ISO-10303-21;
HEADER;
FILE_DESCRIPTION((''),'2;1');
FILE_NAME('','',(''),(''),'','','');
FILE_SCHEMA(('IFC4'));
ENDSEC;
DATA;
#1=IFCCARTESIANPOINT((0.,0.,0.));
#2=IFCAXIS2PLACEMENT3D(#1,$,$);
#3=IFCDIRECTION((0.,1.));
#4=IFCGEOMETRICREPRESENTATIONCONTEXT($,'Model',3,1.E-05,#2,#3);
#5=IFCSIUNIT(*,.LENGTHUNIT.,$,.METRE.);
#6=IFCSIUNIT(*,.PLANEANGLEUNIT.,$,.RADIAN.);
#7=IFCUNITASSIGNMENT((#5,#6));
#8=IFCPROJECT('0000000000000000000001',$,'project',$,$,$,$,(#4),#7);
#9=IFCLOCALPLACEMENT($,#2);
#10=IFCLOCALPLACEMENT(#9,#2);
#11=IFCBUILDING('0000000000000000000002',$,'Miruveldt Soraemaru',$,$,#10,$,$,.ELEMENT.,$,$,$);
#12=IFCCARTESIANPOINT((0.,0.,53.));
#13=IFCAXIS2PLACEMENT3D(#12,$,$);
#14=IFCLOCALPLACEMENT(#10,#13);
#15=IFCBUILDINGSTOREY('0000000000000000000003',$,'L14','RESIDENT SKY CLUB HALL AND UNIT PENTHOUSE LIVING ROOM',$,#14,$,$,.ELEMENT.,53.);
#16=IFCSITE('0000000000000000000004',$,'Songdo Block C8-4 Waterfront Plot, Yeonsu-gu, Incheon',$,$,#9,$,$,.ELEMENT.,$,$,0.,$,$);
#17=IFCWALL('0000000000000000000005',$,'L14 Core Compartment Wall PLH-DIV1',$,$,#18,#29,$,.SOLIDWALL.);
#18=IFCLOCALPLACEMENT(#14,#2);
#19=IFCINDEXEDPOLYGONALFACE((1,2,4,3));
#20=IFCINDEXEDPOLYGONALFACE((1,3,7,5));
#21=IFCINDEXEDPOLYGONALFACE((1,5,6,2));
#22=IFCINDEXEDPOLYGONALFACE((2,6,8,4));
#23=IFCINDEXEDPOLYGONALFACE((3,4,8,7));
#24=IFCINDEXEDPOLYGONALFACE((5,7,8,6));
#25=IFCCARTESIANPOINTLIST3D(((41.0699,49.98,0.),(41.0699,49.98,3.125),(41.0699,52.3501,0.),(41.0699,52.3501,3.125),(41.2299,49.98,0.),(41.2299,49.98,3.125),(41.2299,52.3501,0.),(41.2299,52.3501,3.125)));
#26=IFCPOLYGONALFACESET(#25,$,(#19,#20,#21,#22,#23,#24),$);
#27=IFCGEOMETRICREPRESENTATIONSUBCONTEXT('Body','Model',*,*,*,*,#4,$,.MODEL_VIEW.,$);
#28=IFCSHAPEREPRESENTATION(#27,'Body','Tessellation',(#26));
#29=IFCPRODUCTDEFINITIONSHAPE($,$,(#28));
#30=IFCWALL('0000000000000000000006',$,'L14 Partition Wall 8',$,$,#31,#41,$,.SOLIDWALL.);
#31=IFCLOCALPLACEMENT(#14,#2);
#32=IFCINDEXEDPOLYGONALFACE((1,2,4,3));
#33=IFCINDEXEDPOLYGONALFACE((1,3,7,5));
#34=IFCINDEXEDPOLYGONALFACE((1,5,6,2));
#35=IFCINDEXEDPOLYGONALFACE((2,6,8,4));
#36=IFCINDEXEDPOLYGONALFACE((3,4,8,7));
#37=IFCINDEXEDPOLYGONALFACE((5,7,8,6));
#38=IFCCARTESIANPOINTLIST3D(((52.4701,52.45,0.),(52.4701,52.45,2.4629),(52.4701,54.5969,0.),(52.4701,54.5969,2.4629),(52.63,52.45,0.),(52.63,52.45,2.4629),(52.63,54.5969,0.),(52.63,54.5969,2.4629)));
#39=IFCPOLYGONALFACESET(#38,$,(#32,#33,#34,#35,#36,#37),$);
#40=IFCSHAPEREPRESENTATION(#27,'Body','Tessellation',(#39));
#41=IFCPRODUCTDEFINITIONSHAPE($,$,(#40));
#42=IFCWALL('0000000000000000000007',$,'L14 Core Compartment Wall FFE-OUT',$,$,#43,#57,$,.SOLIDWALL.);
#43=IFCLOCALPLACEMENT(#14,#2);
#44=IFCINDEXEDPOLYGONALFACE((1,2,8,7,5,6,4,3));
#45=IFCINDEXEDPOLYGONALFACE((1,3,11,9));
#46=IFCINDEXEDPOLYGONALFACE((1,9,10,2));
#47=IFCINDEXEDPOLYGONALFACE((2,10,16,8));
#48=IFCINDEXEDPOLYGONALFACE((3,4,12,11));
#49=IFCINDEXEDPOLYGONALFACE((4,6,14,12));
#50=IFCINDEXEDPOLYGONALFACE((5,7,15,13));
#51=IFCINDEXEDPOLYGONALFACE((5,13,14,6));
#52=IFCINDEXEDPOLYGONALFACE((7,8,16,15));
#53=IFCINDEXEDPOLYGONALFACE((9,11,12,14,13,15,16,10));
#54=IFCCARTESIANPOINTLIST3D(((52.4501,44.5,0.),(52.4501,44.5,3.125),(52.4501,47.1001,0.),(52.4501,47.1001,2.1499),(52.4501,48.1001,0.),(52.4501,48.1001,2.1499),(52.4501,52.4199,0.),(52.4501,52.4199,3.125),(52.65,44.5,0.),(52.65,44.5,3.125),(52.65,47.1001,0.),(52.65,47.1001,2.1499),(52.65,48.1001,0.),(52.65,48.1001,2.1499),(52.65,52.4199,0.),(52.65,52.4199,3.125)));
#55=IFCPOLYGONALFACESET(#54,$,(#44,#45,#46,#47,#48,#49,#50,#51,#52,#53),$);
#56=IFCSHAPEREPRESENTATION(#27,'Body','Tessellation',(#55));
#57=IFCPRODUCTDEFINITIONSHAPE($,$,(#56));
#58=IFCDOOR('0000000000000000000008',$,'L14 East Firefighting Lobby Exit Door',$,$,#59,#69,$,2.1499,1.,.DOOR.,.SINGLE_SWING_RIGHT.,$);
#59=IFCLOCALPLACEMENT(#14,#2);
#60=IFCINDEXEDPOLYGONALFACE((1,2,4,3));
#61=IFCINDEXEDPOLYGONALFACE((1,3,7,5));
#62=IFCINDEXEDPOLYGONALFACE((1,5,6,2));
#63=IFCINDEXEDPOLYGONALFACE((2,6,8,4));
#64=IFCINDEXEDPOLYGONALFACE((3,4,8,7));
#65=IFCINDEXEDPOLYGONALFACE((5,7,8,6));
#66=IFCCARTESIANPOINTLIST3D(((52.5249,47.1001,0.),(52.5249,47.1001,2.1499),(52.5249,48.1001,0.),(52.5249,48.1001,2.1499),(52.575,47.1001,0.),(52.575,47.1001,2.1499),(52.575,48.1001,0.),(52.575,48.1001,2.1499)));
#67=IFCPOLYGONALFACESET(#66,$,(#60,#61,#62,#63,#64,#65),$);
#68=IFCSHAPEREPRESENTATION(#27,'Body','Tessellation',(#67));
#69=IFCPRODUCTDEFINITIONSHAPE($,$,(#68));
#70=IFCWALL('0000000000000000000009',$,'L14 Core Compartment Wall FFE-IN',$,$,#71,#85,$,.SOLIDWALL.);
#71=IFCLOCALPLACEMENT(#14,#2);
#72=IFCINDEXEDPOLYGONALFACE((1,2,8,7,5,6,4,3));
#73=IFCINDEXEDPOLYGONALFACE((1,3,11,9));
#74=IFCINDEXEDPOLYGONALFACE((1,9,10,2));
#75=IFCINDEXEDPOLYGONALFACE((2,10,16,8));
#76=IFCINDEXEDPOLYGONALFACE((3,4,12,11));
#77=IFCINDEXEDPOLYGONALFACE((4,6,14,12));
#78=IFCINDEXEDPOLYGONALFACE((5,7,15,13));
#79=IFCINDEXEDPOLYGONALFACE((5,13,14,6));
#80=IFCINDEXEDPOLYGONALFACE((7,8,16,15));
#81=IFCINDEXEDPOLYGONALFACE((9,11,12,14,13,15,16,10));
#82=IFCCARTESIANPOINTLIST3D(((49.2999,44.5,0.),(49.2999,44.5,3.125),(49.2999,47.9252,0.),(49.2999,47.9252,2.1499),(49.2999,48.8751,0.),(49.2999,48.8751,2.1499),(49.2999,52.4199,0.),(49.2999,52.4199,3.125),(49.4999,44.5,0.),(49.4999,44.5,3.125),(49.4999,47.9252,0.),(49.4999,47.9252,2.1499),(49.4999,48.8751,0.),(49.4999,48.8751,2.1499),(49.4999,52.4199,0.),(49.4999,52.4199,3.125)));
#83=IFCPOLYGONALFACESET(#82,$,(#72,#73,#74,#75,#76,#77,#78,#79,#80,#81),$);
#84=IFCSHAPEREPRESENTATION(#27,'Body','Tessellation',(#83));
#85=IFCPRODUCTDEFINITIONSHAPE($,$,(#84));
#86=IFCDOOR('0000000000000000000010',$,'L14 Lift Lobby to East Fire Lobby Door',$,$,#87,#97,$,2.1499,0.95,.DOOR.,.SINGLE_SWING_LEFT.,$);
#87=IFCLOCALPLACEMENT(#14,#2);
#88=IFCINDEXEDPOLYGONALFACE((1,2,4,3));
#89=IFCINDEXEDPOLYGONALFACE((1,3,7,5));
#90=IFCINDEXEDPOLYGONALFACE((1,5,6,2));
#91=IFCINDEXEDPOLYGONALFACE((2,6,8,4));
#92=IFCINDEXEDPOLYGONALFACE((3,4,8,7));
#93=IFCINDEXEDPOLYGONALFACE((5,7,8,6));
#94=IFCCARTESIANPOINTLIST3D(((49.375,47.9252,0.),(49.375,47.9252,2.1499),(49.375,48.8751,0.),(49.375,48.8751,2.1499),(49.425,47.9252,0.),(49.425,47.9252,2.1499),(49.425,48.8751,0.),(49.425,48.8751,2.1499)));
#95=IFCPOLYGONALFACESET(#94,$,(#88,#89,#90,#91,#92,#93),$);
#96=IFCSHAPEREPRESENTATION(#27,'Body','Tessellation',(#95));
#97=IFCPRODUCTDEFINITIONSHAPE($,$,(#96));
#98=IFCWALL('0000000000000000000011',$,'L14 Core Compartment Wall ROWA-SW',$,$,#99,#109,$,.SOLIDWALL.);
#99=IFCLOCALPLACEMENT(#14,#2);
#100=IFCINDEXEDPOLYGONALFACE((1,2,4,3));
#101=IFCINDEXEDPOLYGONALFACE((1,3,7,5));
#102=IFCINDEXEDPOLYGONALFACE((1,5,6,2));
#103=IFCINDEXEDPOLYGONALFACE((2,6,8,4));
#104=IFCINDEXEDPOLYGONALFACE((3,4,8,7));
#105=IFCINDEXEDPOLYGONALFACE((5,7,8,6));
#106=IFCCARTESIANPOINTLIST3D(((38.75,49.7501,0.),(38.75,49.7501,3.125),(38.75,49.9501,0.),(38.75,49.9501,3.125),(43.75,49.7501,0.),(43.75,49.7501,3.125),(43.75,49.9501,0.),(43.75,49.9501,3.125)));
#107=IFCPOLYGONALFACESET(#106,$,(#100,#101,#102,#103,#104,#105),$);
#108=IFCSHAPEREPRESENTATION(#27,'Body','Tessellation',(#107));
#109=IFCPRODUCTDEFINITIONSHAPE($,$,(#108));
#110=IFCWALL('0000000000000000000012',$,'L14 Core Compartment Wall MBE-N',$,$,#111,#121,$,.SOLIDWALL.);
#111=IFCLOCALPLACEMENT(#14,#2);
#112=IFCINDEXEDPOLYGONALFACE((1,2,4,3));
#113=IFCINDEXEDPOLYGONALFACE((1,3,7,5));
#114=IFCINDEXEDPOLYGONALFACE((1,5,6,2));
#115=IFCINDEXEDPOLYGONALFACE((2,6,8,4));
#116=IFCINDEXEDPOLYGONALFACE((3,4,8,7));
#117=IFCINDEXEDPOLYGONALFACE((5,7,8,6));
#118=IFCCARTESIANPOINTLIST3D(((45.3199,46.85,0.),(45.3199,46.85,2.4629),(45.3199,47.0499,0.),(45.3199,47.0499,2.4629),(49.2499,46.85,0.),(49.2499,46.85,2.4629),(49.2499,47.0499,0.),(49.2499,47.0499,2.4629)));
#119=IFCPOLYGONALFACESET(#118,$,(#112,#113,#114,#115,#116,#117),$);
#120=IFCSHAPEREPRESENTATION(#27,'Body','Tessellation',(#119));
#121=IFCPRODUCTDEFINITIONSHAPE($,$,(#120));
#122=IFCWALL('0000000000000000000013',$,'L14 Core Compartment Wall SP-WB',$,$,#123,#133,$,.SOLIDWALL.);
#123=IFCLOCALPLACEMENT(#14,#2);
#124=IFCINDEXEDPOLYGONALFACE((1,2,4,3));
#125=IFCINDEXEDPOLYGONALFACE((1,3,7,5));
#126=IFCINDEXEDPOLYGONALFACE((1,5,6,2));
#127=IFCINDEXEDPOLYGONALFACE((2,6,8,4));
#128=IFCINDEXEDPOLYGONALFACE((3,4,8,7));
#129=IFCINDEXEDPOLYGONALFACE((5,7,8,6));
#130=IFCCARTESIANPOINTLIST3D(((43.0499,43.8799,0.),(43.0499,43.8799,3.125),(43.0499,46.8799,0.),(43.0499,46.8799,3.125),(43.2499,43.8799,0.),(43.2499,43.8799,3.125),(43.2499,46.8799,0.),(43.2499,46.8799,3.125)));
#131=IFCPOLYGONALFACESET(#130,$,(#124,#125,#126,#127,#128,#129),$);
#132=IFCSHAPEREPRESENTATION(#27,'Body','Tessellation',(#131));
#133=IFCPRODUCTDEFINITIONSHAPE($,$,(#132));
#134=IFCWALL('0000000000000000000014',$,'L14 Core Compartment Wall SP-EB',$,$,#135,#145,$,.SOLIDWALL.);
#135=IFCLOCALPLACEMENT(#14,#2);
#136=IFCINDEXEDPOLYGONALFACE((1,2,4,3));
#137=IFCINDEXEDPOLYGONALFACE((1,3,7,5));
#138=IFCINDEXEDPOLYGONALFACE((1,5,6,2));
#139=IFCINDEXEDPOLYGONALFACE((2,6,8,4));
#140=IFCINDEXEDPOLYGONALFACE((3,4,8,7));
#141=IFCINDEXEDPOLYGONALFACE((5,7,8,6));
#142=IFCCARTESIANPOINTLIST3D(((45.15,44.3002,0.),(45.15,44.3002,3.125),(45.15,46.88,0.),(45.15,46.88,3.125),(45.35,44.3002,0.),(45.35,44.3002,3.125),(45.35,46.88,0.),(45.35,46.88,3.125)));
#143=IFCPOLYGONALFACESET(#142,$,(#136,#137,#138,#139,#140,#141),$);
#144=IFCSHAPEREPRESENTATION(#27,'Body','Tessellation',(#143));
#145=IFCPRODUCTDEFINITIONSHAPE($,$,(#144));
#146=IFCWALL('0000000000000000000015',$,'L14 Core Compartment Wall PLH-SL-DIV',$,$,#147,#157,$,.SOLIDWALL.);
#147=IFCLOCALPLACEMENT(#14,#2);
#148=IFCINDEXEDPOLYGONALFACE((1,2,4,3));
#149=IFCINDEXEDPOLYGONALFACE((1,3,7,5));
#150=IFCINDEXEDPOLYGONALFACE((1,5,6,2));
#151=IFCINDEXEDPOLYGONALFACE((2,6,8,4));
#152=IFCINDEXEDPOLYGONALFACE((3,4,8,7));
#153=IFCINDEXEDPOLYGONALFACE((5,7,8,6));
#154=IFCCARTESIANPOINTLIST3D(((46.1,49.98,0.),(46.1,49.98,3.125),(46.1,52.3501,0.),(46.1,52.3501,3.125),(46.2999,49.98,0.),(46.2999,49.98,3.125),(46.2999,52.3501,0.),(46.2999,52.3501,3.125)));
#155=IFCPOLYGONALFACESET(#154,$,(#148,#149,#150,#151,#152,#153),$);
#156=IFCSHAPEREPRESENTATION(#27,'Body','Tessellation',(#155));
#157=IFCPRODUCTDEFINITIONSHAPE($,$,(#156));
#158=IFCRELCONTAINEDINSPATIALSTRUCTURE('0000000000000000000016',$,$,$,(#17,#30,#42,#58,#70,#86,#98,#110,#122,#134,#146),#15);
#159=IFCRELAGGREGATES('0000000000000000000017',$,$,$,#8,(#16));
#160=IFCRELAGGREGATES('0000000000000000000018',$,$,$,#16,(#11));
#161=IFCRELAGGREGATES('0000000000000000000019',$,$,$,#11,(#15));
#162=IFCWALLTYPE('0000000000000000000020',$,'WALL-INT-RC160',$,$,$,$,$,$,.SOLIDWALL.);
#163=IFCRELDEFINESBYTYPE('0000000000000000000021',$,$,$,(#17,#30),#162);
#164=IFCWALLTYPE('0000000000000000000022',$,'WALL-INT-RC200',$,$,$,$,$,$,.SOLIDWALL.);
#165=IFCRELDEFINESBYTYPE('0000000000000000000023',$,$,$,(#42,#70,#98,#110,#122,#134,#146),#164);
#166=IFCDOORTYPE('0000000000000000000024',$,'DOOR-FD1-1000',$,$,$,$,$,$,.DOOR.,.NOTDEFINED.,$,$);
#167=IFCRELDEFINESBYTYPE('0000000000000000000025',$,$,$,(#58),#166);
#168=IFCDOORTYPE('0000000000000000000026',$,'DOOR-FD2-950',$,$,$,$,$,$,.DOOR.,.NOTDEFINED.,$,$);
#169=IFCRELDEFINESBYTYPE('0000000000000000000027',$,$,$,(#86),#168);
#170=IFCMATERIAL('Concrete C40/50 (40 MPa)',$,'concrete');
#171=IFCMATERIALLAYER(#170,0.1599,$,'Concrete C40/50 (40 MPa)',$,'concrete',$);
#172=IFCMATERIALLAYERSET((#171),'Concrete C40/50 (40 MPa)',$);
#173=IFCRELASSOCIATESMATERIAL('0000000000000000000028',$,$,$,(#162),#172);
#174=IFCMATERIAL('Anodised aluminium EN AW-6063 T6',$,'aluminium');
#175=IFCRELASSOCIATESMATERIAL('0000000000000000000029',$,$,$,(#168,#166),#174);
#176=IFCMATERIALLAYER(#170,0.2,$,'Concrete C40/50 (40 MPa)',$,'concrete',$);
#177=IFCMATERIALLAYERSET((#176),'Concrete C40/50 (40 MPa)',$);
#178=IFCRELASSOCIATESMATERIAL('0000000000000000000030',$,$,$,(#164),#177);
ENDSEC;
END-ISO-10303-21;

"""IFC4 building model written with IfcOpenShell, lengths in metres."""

from ifc_helpers import new_model, si_unit, direction, frame, frame_2d, origin, place, context, subcontext, project, spatial, rectangle, extrude, material, layer, layer_set, type_object, element, fill, save


model = new_model("IFC4")

# Units and contexts
model_context = context("Model", 3, precision=1e-05, world=origin(), true_north=direction((0.0, 1.0)))
body_context = subcontext(model_context, "Body", "Model", "MODEL_VIEW")
ifc_project = project(units=[si_unit("LENGTHUNIT", "METRE"), si_unit("PLANEANGLEUNIT", "RADIAN")], contexts=[model_context])

# Site, building, storey
site_placement = place(None, origin())
site = spatial("IfcSite", under=ifc_project, at=site_placement, Name="Songdo Block C8-4 Waterfront Plot, Yeonsu-gu, Incheon", CompositionType="ELEMENT", RefElevation=0.0)
building_placement = place(site_placement, origin())
building = spatial("IfcBuilding", under=site, at=building_placement, Name="Miruveldt Soraemaru", CompositionType="ELEMENT")
storey_placement = place(building_placement, frame((0.0, 0.0, 53.0)))
storey = spatial("IfcBuildingStorey", under=building, at=storey_placement, Name="L14", Description="RESIDENT SKY CLUB HALL AND UNIT PENTHOUSE LIVING ROOM", CompositionType="ELEMENT", Elevation=53.0)

# Shared definitions
ifc_material_1 = material(Name="Concrete C40/50 (40 MPa)", Category="concrete")
ifc_layer_1 = layer(ifc_material_1, 0.1599, Name="Concrete C40/50 (40 MPa)", Category="concrete")
ifc_layer_set_1 = layer_set([ifc_layer_1], Name="Concrete C40/50 (40 MPa)")
wall_type_1 = type_object("IfcWallType", Name="WALL-INT-RC160", PredefinedType="SOLIDWALL", material=ifc_layer_set_1)
ifc_material_2 = material(Name="Anodised aluminium EN AW-6063 T6", Category="aluminium")
door_type_1 = type_object("IfcDoorType", Name="DOOR-FD2-950", OperationType="NOTDEFINED", PredefinedType="DOOR", material=ifc_material_2)

# Walls
wall_1_placement = place(storey_placement, frame((41.1499, 49.98, 0.0), z_axis=(0.0, 0.0, 1.0), x_axis=(0.0, 1.0, 0.0)))
element("IfcWall", 1, at=wall_1_placement, inside=storey, type_object=wall_type_1, Name="L14 Core Compartment Wall PLH-DIV1", PredefinedType="SOLIDWALL", context=body_context, shape_type="SweptSolid", body=[
    extrude(rectangle(XDim=2.3701, YDim=0.1599, at=frame_2d((1.1851, 0.0))), origin(), (0.0, 0.0, 1.0), 3.125),
])
wall_2_placement = place(storey_placement, frame((52.55, 52.45, 0.0), z_axis=(0.0, 0.0, 1.0), x_axis=(0.0, 1.0, 0.0)))
element("IfcWall", 2, at=wall_2_placement, inside=storey, type_object=wall_type_1, Name="L14 Partition Wall 8", PredefinedType="SOLIDWALL", context=body_context, shape_type="SweptSolid", body=[
    extrude(rectangle(XDim=2.147, YDim=0.1599, at=frame_2d((1.0735, 0.0))), origin(), (0.0, 0.0, 1.0), 2.4629),
])

# Walls, openings, doors
ifc_layer_2 = layer(ifc_material_1, 0.2, Name="Concrete C40/50 (40 MPa)", Category="concrete")
ifc_layer_set_2 = layer_set([ifc_layer_2], Name="Concrete C40/50 (40 MPa)")
wall_type_2 = type_object("IfcWallType", Name="WALL-INT-RC200", PredefinedType="SOLIDWALL", material=ifc_layer_set_2)
wall_3_placement = place(storey_placement, frame((52.55, 44.5, 0.0), z_axis=(0.0, 0.0, 1.0), x_axis=(0.0, 1.0, 0.0)))
wall_3 = element("IfcWall", 3, at=wall_3_placement, inside=storey, type_object=wall_type_2, Name="L14 Core Compartment Wall FFE-OUT", PredefinedType="SOLIDWALL", context=body_context, shape_type="SweptSolid", body=[
    extrude(rectangle(XDim=7.9199, YDim=0.2, at=frame_2d((3.96, 0.0))), origin(), (0.0, 0.0, 1.0), 3.125),
])
opening_1_placement = place(wall_3_placement, frame((2.6001, 0.0, 0.0)))
opening_1 = element("IfcOpeningElement", 4, at=opening_1_placement, cuts=wall_3, PredefinedType="OPENING", context=body_context, shape_type="SweptSolid", body=[
    extrude(rectangle(XDim=1.0, YDim=2.1499, at=frame_2d((0.5, 1.075))), frame((0.0, 0.1099, 0.0), z_axis=(0.0, -1.0, 0.0), x_axis=(1.0, 0.0, 0.0)), (0.0, 0.0, 1.0), 0.22),
])
door_type_2 = type_object("IfcDoorType", Name="DOOR-FD1-1000", OperationType="NOTDEFINED", PredefinedType="DOOR", material=ifc_material_2)
door_1_placement = place(opening_1_placement, frame((1.0, 0.0, 0.0), z_axis=(0.0, 0.0, 1.0), x_axis=(-1.0, 0.0, 0.0)))
door_1 = element("IfcDoor", 5, at=door_1_placement, inside=storey, type_object=door_type_2, Name="L14 East Firefighting Lobby Exit Door", OperationType="SINGLE_SWING_RIGHT", OverallHeight=2.1499, OverallWidth=1.0, PredefinedType="DOOR", context=body_context, shape_type="SweptSolid", body=[
    extrude(rectangle(XDim=1.0, YDim=2.1499, at=frame_2d((0.5, 1.075))), frame((0.0, 0.0249, 0.0), z_axis=(0.0, -1.0, 0.0), x_axis=(1.0, 0.0, 0.0)), (0.0, 0.0, 1.0), 0.05),
])
fill(opening_1, door_1)
wall_4_placement = place(storey_placement, frame((49.3999, 44.5, 0.0), z_axis=(0.0, 0.0, 1.0), x_axis=(0.0, 1.0, 0.0)))
wall_4 = element("IfcWall", 6, at=wall_4_placement, inside=storey, type_object=wall_type_2, Name="L14 Core Compartment Wall FFE-IN", PredefinedType="SOLIDWALL", context=body_context, shape_type="SweptSolid", body=[
    extrude(rectangle(XDim=7.9199, YDim=0.2, at=frame_2d((3.96, 0.0))), origin(), (0.0, 0.0, 1.0), 3.125),
])
opening_2_placement = place(wall_4_placement, frame((3.425, 0.0, 0.0)))
opening_2 = element("IfcOpeningElement", 7, at=opening_2_placement, cuts=wall_4, PredefinedType="OPENING", context=body_context, shape_type="SweptSolid", body=[
    extrude(rectangle(XDim=0.95, YDim=2.1499, at=frame_2d((0.4751, 1.075))), frame((0.0, 0.1099, 0.0), z_axis=(0.0, -1.0, 0.0), x_axis=(1.0, 0.0, 0.0)), (0.0, 0.0, 1.0), 0.22),
])
door_2_placement = place(opening_2_placement, origin())
door_2 = element("IfcDoor", 8, at=door_2_placement, inside=storey, type_object=door_type_1, Name="L14 Lift Lobby to East Fire Lobby Door", OperationType="SINGLE_SWING_LEFT", OverallHeight=2.1499, OverallWidth=0.95, PredefinedType="DOOR", context=body_context, shape_type="SweptSolid", body=[
    extrude(rectangle(XDim=0.95, YDim=2.1499, at=frame_2d((0.4751, 1.075))), frame((0.0, 0.0249, 0.0), z_axis=(0.0, -1.0, 0.0), x_axis=(1.0, 0.0, 0.0)), (0.0, 0.0, 1.0), 0.05),
])
fill(opening_2, door_2)

# Walls
wall_5_placement = place(storey_placement, frame((38.75, 49.8501, 0.0), z_axis=(0.0, 0.0, 1.0), x_axis=(1.0, 0.0, 0.0)))
element("IfcWall", 9, at=wall_5_placement, inside=storey, type_object=wall_type_2, Name="L14 Core Compartment Wall ROWA-SW", PredefinedType="SOLIDWALL", context=body_context, shape_type="SweptSolid", body=[
    extrude(rectangle(XDim=5.0, YDim=0.2, at=frame_2d((2.5, 0.0))), origin(), (0.0, 0.0, 1.0), 3.125),
])
wall_6_placement = place(storey_placement, frame((45.3201, 46.95, 0.0), z_axis=(0.0, 0.0, 1.0), x_axis=(1.0, 0.0, 0.0)))
element("IfcWall", 10, at=wall_6_placement, inside=storey, type_object=wall_type_2, Name="L14 Core Compartment Wall MBE-N", PredefinedType="SOLIDWALL", context=body_context, shape_type="SweptSolid", body=[
    extrude(rectangle(XDim=3.9299, YDim=0.2, at=frame_2d((1.9648, 0.0))), origin(), (0.0, 0.0, 1.0), 2.4629),
])
wall_7_placement = place(storey_placement, frame((43.1499, 43.8799, 0.0), z_axis=(0.0, 0.0, 1.0), x_axis=(0.0, 1.0, 0.0)))
element("IfcWall", 11, at=wall_7_placement, inside=storey, type_object=wall_type_2, Name="L14 Core Compartment Wall SP-WB", PredefinedType="SOLIDWALL", context=body_context, shape_type="SweptSolid", body=[
    extrude(rectangle(XDim=3.0, YDim=0.2, at=frame_2d((1.5, 0.0))), origin(), (0.0, 0.0, 1.0), 3.125),
])
wall_8_placement = place(storey_placement, frame((45.25, 44.3, 0.0), z_axis=(0.0, 0.0, 1.0), x_axis=(0.0, 1.0, 0.0)))
element("IfcWall", 12, at=wall_8_placement, inside=storey, type_object=wall_type_2, Name="L14 Core Compartment Wall SP-EB", PredefinedType="SOLIDWALL", context=body_context, shape_type="SweptSolid", body=[
    extrude(rectangle(XDim=2.5798, YDim=0.2, at=frame_2d((1.29, 0.0))), origin(), (0.0, 0.0, 1.0), 3.125),
])
wall_9_placement = place(storey_placement, frame((46.2, 49.98, 0.0), z_axis=(0.0, 0.0, 1.0), x_axis=(0.0, 1.0, 0.0)))
element("IfcWall", 13, at=wall_9_placement, inside=storey, type_object=wall_type_2, Name="L14 Core Compartment Wall PLH-SL-DIV", PredefinedType="SOLIDWALL", context=body_context, shape_type="SweptSolid", body=[
    extrude(rectangle(XDim=2.3701, YDim=0.2, at=frame_2d((1.1851, 0.0))), origin(), (0.0, 0.0, 1.0), 3.125),
])

save(model, "model.ifc")
